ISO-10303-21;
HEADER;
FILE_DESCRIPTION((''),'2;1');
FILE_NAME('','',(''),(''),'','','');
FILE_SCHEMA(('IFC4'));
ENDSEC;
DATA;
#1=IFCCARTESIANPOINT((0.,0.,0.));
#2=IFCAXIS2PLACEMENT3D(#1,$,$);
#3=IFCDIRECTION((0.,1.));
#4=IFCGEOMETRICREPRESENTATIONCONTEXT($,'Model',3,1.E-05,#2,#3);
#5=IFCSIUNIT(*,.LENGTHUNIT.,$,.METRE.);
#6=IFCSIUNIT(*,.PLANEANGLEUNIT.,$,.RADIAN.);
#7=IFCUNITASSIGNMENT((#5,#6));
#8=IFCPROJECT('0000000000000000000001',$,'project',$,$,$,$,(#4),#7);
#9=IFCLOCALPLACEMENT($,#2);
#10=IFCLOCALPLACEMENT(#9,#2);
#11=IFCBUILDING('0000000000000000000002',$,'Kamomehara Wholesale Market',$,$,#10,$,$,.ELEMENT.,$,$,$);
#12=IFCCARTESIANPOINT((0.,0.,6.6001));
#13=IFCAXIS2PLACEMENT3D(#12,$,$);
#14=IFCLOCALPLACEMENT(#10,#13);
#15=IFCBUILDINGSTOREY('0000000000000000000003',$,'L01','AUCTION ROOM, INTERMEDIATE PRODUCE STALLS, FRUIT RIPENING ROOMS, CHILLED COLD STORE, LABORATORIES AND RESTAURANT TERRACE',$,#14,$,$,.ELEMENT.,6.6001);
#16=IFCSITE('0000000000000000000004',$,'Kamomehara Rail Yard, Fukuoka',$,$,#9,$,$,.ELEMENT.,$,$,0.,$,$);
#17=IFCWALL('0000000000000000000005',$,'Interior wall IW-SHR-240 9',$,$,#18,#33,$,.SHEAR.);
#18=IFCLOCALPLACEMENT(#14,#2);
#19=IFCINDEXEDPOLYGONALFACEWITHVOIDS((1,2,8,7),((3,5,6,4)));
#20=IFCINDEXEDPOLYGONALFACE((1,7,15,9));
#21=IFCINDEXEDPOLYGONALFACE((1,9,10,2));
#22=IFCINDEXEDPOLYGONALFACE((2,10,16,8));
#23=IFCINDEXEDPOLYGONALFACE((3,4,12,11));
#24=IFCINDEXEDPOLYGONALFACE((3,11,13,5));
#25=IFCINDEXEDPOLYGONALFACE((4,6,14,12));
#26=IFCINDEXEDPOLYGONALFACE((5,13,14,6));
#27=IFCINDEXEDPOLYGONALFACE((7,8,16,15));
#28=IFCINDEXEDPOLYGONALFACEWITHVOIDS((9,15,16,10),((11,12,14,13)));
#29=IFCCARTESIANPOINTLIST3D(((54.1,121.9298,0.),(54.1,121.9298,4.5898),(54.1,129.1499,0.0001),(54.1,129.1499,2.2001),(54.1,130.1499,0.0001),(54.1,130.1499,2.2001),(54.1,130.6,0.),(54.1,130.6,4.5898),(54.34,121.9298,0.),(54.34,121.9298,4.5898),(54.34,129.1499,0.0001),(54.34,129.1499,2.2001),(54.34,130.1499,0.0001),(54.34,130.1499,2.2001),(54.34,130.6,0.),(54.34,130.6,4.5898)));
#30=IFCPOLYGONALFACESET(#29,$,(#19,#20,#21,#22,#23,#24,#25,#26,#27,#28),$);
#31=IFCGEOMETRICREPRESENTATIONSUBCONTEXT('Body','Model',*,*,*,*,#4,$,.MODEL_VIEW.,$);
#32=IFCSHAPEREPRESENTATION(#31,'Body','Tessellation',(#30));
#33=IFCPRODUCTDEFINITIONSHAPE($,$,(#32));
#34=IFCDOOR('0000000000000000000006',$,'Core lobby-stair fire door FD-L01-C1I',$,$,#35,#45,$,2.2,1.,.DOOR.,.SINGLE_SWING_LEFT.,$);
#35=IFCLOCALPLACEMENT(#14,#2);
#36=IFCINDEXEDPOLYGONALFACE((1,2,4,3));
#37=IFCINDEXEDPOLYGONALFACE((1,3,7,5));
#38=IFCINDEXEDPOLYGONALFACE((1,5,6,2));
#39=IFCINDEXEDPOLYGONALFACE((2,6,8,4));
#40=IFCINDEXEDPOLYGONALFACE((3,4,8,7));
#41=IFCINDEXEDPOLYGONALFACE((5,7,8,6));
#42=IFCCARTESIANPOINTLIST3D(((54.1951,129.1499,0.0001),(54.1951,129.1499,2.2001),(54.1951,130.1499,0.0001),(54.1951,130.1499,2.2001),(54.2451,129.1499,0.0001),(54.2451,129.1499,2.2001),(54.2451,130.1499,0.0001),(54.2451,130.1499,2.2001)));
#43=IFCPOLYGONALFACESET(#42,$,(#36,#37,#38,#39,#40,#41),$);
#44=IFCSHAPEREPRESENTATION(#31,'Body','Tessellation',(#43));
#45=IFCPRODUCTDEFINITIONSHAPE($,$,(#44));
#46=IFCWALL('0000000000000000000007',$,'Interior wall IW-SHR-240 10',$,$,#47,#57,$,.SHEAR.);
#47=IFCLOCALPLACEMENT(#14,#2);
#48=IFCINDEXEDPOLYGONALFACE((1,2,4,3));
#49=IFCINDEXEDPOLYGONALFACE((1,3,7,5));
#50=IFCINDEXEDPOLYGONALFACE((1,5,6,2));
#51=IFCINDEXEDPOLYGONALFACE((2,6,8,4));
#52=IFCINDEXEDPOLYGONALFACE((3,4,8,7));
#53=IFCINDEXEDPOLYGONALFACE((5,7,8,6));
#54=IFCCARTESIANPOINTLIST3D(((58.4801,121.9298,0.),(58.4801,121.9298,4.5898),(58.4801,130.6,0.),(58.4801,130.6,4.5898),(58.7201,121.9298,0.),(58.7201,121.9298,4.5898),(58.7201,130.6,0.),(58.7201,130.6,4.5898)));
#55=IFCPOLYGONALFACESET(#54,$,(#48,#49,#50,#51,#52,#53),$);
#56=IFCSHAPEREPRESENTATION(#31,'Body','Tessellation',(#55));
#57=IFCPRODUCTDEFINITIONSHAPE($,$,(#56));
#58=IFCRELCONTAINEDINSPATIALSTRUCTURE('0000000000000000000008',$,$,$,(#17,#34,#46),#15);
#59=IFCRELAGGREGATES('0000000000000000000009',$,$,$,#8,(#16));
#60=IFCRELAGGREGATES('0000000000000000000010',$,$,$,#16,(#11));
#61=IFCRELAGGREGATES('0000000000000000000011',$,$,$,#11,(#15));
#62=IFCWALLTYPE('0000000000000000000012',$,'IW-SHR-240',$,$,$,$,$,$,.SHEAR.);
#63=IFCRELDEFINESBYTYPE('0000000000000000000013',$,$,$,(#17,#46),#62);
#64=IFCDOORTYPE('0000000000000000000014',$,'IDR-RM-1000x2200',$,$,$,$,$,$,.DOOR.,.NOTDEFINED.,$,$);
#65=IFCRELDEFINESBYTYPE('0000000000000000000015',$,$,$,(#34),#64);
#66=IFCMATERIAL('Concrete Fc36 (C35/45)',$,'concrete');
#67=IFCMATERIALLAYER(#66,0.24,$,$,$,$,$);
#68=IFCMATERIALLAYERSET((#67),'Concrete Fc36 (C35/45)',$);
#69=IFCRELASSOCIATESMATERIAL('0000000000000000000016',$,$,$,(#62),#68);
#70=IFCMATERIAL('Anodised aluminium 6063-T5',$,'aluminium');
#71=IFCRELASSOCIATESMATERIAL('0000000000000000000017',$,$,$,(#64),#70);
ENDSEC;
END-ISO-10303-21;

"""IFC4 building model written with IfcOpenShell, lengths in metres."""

from ifc_helpers import new_model, si_unit, direction, frame, frame_2d, origin, place, context, subcontext, project, spatial, rectangle, extrude, material, layer, layer_set, type_object, element, fill, save


model = new_model("IFC4")

# Units and contexts
model_context = context("Model", 3, precision=1e-05, world=origin(), true_north=direction((0.0, 1.0)))
body_context = subcontext(model_context, "Body", "Model", "MODEL_VIEW")
ifc_project = project(units=[si_unit("LENGTHUNIT", "METRE"), si_unit("PLANEANGLEUNIT", "RADIAN")], contexts=[model_context])

# Site, building, storey
site_placement = place(None, origin())
site = spatial("IfcSite", under=ifc_project, at=site_placement, Name="Kamomehara Rail Yard, Fukuoka", CompositionType="ELEMENT", RefElevation=0.0)
building_placement = place(site_placement, origin())
building = spatial("IfcBuilding", under=site, at=building_placement, Name="Kamomehara Wholesale Market", CompositionType="ELEMENT")
storey_placement = place(building_placement, frame((0.0, 0.0, 6.6001)))
storey = spatial("IfcBuildingStorey", under=building, at=storey_placement, Name="L01", Description="AUCTION ROOM, INTERMEDIATE PRODUCE STALLS, FRUIT RIPENING ROOMS, CHILLED COLD STORE, LABORATORIES AND RESTAURANT TERRACE", CompositionType="ELEMENT", Elevation=6.6001)

# Wall, opening, door
ifc_material_1 = material(Name="Concrete Fc36 (C35/45)", Category="concrete")
ifc_layer_1 = layer(ifc_material_1, 0.24)
ifc_layer_set_1 = layer_set([ifc_layer_1], Name="Concrete Fc36 (C35/45)")
wall_type_1 = type_object("IfcWallType", Name="IW-SHR-240", PredefinedType="SHEAR", material=ifc_layer_set_1)
wall_1_placement = place(storey_placement, frame((54.22, 121.9299, 0.0), z_axis=(0.0, 0.0, 1.0), x_axis=(0.0, 1.0, 0.0)))
wall_1 = element("IfcWall", 1, at=wall_1_placement, inside=storey, type_object=wall_type_1, Name="Interior wall IW-SHR-240 9", PredefinedType="SHEAR", context=body_context, shape_type="SweptSolid", body=[
    extrude(rectangle(XDim=8.6702, YDim=0.24, at=frame_2d((4.335, 0.0))), origin(), (0.0, 0.0, 1.0), 4.5898),
])
opening_1_placement = place(wall_1_placement, frame((7.22, 0.0, 0.0)))
opening_1 = element("IfcOpeningElement", 2, at=opening_1_placement, cuts=wall_1, PredefinedType="OPENING", context=body_context, shape_type="SweptSolid", body=[
    extrude(rectangle(XDim=1.0, YDim=2.2, at=frame_2d((0.5, 1.1001))), frame((0.0, 0.1348, 0.0), z_axis=(0.0, -1.0, 0.0), x_axis=(1.0, 0.0, 0.0)), (0.0, 0.0, 1.0), 0.2698),
])
ifc_material_2 = material(Name="Anodised aluminium 6063-T5", Category="aluminium")
door_type_1 = type_object("IfcDoorType", Name="IDR-RM-1000x2200", OperationType="NOTDEFINED", PredefinedType="DOOR", material=ifc_material_2)
door_1_placement = place(opening_1_placement, origin())
door_1 = element("IfcDoor", 3, at=door_1_placement, inside=storey, type_object=door_type_1, Name="Core lobby-stair fire door FD-L01-C1I", OperationType="SINGLE_SWING_LEFT", OverallHeight=2.2, OverallWidth=1.0, PredefinedType="DOOR", context=body_context, shape_type="SweptSolid", body=[
    extrude(rectangle(XDim=1.0, YDim=2.2, at=frame_2d((0.5, 1.1001))), frame((0.0, 0.0249, 0.0), z_axis=(0.0, -1.0, 0.0), x_axis=(1.0, 0.0, 0.0)), (0.0, 0.0, 1.0), 0.05),
])
fill(opening_1, door_1)

# Wall
wall_2_placement = place(storey_placement, frame((58.6001, 121.9299, 0.0), z_axis=(0.0, 0.0, 1.0), x_axis=(0.0, 1.0, 0.0)))
element("IfcWall", 4, at=wall_2_placement, inside=storey, type_object=wall_type_1, Name="Interior wall IW-SHR-240 10", PredefinedType="SHEAR", context=body_context, shape_type="SweptSolid", body=[
    extrude(rectangle(XDim=8.6702, YDim=0.24, at=frame_2d((4.335, 0.0))), origin(), (0.0, 0.0, 1.0), 4.5898),
])

save(model, "model.ifc")
